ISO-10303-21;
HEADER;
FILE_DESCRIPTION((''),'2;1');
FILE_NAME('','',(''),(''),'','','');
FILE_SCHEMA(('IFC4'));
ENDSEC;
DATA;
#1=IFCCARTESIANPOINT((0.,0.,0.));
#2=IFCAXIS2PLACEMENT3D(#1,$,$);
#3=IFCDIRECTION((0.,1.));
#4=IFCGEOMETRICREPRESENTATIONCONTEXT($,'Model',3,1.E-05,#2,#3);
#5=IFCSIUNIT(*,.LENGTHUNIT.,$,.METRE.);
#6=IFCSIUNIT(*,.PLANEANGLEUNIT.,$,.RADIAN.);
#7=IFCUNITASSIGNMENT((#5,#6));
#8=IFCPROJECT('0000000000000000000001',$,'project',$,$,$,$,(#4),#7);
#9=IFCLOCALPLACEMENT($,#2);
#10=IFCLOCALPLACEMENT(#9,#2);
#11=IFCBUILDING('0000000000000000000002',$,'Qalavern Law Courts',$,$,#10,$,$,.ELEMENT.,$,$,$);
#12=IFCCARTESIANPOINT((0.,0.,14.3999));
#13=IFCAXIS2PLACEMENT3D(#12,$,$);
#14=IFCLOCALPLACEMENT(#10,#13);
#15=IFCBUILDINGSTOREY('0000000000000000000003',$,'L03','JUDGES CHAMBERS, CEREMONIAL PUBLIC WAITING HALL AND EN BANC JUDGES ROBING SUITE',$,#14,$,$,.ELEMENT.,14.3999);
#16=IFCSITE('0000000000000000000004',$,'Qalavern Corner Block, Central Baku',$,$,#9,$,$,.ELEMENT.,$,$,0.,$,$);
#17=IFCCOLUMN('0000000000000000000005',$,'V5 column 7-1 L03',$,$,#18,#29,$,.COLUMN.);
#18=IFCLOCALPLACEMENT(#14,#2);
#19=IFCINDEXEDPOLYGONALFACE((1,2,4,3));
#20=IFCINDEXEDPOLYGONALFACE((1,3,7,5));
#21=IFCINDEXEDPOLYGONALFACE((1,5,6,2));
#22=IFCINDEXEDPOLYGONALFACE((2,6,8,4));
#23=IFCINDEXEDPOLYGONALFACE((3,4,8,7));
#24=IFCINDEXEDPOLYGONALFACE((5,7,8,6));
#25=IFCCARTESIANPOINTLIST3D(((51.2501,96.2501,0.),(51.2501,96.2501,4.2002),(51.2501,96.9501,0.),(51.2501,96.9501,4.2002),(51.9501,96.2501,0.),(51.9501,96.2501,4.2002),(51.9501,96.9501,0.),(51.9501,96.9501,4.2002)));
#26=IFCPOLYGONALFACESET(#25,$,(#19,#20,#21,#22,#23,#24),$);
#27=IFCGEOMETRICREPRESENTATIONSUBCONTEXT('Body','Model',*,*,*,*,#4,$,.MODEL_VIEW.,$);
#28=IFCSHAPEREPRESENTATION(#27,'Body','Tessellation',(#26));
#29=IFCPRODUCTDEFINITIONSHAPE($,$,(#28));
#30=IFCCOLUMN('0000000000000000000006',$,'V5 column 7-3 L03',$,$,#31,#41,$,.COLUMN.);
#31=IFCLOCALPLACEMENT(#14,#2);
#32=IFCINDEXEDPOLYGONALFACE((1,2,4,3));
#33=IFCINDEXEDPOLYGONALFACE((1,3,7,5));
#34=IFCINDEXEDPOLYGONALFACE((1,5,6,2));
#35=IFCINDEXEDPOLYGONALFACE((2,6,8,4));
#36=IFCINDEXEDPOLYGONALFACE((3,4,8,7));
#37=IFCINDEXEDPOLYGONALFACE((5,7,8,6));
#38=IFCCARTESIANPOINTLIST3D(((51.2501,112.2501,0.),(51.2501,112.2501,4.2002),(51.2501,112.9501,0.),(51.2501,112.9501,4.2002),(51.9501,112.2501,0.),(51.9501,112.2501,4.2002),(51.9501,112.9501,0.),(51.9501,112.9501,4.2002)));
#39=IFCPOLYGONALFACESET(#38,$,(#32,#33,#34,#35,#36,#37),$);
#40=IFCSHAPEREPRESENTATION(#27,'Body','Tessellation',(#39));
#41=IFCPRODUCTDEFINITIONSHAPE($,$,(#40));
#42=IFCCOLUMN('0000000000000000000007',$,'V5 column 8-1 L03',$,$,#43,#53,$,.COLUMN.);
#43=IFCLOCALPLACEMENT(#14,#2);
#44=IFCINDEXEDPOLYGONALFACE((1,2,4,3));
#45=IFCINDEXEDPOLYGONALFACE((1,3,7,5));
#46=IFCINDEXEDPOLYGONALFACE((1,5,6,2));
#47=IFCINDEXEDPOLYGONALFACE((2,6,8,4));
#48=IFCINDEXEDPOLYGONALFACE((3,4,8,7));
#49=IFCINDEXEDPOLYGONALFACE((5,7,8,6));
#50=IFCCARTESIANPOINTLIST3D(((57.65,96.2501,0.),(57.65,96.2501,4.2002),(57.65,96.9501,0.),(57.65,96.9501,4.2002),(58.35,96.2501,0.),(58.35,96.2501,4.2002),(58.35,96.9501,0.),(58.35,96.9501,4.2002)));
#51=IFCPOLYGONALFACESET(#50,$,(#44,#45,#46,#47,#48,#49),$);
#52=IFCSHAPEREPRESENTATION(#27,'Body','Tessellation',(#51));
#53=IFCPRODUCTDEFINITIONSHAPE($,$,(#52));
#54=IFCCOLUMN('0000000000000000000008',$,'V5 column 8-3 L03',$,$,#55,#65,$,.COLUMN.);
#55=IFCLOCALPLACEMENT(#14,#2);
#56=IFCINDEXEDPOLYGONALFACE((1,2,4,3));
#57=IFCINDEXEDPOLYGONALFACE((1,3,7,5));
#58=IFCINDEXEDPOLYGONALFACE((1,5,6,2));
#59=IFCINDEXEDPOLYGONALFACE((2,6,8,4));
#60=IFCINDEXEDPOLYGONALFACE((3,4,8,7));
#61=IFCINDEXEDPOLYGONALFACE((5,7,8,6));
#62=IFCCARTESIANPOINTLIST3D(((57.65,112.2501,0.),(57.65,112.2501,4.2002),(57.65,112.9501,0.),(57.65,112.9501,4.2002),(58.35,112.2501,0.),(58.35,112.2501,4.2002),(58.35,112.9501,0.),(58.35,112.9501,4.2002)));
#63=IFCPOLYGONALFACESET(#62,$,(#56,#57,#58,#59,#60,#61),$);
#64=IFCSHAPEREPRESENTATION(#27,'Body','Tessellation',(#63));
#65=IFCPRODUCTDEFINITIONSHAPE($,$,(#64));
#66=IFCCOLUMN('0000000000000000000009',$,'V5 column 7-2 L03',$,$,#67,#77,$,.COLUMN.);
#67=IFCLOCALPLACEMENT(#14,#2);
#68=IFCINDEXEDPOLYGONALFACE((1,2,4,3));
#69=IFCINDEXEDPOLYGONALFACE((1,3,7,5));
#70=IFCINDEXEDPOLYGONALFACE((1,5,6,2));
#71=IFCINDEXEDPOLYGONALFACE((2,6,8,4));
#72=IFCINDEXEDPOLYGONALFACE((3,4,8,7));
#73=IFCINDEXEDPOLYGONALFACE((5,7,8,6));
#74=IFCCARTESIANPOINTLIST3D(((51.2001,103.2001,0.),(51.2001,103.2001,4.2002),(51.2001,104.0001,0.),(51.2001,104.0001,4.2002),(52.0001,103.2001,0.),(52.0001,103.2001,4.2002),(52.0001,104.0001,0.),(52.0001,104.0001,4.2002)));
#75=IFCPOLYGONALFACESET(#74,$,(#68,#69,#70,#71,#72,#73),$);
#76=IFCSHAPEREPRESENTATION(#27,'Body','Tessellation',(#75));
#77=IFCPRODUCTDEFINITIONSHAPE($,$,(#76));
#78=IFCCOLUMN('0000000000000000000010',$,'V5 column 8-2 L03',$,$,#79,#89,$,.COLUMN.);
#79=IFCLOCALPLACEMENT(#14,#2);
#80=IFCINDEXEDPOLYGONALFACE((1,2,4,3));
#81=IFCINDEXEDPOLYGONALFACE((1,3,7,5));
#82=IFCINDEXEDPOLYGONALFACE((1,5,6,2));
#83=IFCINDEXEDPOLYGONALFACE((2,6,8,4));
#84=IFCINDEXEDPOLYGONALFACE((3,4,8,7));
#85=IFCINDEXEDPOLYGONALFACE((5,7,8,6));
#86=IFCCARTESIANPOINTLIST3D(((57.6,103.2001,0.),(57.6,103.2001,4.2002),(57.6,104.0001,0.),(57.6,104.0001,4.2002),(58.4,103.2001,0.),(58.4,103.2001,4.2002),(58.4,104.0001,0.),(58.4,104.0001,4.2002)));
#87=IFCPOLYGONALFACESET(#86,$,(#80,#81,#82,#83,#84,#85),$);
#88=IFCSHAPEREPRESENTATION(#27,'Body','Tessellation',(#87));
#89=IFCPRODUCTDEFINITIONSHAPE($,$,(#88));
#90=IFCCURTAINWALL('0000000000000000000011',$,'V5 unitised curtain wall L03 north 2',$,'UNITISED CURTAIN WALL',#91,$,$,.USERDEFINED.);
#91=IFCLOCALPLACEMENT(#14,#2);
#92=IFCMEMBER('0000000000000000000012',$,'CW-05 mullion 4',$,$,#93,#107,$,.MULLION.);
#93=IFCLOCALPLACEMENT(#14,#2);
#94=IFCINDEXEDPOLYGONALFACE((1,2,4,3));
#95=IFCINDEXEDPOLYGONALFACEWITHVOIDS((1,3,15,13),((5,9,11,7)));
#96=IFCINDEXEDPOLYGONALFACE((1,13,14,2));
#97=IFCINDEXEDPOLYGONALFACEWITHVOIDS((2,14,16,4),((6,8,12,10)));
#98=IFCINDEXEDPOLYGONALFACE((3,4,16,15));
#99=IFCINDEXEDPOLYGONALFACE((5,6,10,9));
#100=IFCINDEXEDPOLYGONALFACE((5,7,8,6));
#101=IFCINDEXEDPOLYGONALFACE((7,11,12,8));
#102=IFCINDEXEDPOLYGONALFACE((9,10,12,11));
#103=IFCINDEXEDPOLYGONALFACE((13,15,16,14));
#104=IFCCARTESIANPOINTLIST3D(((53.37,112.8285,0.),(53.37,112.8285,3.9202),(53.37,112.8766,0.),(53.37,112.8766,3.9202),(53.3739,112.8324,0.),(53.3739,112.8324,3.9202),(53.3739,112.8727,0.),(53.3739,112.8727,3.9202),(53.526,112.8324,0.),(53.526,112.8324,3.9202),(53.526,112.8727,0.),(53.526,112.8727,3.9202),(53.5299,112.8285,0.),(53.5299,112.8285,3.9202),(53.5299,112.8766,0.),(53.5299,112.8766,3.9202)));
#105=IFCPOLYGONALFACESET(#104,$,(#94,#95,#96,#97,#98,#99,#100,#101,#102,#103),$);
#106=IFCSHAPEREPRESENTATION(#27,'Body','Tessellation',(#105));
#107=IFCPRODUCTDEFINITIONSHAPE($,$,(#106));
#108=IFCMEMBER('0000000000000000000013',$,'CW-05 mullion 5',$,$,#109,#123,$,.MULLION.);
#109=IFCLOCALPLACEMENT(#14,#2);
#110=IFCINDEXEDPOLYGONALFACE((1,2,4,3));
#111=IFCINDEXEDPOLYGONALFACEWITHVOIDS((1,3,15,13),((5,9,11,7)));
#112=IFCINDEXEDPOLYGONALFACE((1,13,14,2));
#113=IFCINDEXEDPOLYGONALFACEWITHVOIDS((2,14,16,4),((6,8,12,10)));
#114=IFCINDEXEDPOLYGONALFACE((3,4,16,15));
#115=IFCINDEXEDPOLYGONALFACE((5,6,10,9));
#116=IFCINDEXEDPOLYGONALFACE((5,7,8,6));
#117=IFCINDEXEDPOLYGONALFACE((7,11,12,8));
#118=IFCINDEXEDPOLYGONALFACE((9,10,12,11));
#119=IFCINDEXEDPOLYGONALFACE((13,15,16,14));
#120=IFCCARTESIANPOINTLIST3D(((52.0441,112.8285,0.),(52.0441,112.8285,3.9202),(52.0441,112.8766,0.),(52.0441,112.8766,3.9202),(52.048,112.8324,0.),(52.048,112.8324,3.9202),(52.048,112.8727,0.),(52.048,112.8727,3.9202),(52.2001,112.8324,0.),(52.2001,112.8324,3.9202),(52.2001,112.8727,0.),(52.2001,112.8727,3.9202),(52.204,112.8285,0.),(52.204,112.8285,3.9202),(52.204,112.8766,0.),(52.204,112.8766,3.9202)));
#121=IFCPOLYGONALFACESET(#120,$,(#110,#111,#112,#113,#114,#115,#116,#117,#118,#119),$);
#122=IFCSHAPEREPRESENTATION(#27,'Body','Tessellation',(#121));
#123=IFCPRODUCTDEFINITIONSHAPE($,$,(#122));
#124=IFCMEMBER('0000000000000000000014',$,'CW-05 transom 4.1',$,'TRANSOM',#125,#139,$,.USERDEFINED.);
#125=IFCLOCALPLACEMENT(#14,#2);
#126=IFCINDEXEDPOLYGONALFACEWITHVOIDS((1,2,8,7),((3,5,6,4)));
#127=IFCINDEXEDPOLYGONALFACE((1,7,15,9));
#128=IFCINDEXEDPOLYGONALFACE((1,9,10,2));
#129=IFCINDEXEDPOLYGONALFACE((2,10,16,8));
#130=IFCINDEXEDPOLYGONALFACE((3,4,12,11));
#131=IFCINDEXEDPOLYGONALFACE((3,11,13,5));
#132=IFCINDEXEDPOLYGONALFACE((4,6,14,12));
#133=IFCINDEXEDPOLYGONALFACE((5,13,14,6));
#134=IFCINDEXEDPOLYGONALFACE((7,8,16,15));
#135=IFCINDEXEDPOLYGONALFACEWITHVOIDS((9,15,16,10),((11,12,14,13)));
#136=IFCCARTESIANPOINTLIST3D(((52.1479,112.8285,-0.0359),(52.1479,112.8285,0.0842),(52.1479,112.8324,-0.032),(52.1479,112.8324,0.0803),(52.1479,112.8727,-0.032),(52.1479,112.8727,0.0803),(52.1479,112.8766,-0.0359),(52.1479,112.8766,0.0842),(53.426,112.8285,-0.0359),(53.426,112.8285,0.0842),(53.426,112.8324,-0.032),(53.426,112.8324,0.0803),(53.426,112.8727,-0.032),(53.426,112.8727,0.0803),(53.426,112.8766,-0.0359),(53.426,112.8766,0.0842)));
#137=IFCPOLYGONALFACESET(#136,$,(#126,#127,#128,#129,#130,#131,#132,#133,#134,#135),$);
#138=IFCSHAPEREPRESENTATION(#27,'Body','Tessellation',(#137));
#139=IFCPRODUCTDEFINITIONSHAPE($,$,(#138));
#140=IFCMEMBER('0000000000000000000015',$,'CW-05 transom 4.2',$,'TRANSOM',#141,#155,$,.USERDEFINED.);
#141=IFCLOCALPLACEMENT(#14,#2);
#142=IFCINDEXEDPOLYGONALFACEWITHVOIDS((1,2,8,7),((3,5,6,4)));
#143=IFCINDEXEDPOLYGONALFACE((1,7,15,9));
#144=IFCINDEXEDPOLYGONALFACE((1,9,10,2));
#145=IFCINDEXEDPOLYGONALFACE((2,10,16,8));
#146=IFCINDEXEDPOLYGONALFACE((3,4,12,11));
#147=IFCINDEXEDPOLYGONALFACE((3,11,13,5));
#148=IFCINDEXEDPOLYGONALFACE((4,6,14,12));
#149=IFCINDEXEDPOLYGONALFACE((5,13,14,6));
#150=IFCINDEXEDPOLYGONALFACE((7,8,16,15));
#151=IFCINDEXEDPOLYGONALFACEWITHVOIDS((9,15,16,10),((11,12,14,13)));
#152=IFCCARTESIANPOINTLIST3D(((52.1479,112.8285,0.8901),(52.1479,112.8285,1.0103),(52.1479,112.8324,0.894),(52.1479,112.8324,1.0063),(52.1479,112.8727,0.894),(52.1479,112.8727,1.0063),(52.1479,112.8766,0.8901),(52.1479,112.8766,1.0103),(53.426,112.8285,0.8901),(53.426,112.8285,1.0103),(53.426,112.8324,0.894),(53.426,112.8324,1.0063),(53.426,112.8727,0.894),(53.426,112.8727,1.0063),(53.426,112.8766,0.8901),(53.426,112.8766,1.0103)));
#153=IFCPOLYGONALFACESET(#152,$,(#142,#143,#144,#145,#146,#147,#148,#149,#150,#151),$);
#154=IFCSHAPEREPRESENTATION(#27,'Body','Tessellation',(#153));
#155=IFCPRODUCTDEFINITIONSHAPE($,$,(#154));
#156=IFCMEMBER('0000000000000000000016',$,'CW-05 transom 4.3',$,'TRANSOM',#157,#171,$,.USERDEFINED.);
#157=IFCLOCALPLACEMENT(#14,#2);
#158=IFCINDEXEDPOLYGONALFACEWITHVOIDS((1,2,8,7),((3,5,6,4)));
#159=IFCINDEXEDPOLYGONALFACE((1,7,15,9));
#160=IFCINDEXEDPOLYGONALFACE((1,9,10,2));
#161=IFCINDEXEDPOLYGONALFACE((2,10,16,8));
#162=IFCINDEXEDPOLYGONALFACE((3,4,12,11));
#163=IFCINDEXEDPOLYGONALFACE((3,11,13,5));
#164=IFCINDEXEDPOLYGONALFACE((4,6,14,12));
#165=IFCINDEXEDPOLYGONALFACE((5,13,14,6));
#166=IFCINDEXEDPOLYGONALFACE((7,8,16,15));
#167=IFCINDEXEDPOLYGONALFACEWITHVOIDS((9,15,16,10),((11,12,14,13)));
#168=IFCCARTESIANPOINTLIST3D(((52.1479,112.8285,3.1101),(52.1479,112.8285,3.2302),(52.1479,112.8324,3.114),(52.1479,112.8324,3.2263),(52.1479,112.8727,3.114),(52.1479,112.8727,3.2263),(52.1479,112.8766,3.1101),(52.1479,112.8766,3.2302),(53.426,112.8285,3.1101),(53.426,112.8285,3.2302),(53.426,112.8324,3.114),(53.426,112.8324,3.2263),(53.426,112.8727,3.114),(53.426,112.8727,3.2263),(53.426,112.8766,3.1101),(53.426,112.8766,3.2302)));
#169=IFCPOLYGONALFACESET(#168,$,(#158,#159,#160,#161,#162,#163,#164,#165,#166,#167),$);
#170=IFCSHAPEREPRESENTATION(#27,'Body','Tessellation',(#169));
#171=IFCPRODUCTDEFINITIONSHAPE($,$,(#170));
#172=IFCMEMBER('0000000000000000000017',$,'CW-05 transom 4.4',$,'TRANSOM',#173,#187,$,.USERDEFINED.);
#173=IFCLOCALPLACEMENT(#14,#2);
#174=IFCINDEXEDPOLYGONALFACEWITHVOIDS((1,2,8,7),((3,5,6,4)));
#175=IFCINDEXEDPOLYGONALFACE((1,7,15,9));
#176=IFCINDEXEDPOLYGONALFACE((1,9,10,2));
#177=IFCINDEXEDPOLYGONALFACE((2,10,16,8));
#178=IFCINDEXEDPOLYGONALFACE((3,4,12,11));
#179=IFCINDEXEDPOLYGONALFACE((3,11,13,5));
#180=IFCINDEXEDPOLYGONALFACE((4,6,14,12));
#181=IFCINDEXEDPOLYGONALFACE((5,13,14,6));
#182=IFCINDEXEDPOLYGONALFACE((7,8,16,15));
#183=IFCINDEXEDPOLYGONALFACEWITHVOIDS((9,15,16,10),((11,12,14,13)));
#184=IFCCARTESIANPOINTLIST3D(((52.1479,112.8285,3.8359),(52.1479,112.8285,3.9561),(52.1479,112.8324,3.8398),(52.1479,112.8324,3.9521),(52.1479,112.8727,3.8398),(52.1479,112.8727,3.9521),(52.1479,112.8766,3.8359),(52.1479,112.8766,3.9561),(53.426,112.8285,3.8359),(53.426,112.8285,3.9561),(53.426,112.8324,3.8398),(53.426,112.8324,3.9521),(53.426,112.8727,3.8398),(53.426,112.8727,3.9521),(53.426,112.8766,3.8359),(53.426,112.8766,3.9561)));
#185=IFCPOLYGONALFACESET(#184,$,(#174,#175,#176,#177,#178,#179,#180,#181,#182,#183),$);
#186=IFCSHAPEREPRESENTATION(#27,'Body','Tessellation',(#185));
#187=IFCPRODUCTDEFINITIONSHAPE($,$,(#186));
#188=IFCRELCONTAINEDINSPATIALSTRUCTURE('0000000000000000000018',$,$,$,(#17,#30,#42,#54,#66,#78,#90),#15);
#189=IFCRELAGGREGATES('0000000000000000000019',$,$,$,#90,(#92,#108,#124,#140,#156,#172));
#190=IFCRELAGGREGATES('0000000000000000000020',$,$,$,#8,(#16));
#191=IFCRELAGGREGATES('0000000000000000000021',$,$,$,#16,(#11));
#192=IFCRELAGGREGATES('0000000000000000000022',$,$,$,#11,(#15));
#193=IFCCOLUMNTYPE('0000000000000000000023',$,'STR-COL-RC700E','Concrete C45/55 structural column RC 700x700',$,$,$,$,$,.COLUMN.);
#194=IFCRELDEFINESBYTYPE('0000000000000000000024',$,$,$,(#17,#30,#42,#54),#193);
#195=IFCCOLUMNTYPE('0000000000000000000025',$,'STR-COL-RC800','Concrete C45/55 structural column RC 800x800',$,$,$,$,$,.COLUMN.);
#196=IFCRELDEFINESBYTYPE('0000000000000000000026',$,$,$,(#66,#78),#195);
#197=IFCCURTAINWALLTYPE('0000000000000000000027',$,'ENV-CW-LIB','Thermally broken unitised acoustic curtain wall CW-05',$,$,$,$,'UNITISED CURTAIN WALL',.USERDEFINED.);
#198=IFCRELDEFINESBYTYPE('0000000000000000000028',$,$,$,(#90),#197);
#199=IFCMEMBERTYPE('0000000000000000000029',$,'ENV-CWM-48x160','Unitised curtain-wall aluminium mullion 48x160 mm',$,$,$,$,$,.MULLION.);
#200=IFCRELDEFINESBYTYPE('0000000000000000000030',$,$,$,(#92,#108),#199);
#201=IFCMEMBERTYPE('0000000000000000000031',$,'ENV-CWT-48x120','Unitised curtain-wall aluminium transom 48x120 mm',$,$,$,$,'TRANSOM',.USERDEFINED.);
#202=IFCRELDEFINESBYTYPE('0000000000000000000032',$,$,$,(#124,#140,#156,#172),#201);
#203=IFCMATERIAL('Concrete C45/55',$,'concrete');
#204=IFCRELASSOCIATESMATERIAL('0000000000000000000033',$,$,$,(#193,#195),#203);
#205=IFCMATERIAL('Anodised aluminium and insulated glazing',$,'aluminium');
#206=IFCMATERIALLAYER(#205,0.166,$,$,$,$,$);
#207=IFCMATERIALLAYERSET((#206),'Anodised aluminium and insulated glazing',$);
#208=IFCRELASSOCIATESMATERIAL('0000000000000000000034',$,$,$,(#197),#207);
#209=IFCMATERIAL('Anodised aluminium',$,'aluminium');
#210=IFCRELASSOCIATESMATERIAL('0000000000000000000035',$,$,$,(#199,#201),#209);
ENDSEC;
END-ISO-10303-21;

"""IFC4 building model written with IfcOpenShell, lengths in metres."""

from ifc_helpers import new_model, si_unit, direction, frame, origin, origin_2d, place, context, subcontext, project, spatial, rectangle, hollow_rectangle, extrude, material, layer, layer_set, material_profile, profile_set, type_object, element, aggregate, save


model = new_model("IFC4")

# Units and contexts
model_context = context("Model", 3, precision=1e-05, world=origin(), true_north=direction((0.0, 1.0)))
body_context = subcontext(model_context, "Body", "Model", "MODEL_VIEW")
ifc_project = project(units=[si_unit("LENGTHUNIT", "METRE"), si_unit("PLANEANGLEUNIT", "RADIAN")], contexts=[model_context])

# Site, building, storey
site_placement = place(None, origin())
site = spatial("IfcSite", under=ifc_project, at=site_placement, Name="Qalavern Corner Block, Central Baku", CompositionType="ELEMENT", RefElevation=0.0)
building_placement = place(site_placement, origin())
building = spatial("IfcBuilding", under=site, at=building_placement, Name="Qalavern Law Courts", CompositionType="ELEMENT")
storey_placement = place(building_placement, frame((0.0, 0.0, 14.3999)))
storey = spatial("IfcBuildingStorey", under=building, at=storey_placement, Name="L03", Description="JUDGES CHAMBERS, CEREMONIAL PUBLIC WAITING HALL AND EN BANC JUDGES ROBING SUITE", CompositionType="ELEMENT", Elevation=14.3999)

# Columns
ifc_material_1 = material(Name="Concrete C45/55", Category="concrete")
ifc_material_profile_1 = material_profile(ifc_material_1, rectangle(XDim=0.7, YDim=0.7, at=origin_2d()), Name="RC 700x700")
ifc_profile_set_1 = profile_set([ifc_material_profile_1], Name="Concrete C45/55")
column_type_1 = type_object("IfcColumnType", Name="STR-COL-RC700E", Description="Concrete C45/55 structural column RC 700x700", PredefinedType="COLUMN", material=ifc_profile_set_1)
for number, where, z_axis, x_axis, name in (
    (1, (51.6001, 96.6001, 0.0), (0.0, 0.0, 1.0), (1.0, 0.0, 0.0), "V5 column 7-1 L03"),
    (2, (51.6001, 112.6001, 0.0), (0.0, 0.0, 1.0), (1.0, 0.0, 0.0), "V5 column 7-3 L03"),
    (3, (58.0, 96.6001, 0.0), (0.0, 0.0, 1.0), (1.0, 0.0, 0.0), "V5 column 8-1 L03"),
    (4, (58.0, 112.6001, 0.0), (0.0, 0.0, 1.0), (1.0, 0.0, 0.0), "V5 column 8-3 L03"),
):
    element("IfcColumn", number, at=place(storey_placement, frame(where, z_axis=z_axis, x_axis=x_axis)), inside=storey, type_object=column_type_1, Name=name, PredefinedType="COLUMN", context=body_context, shape_type="SweptSolid", body=[
        extrude(rectangle(XDim=0.7, YDim=0.7, at=origin_2d()), origin(), (0.0, 0.0, 1.0), 4.2002),
    ])
ifc_material_profile_2 = material_profile(ifc_material_1, rectangle(XDim=0.8, YDim=0.8, at=origin_2d()), Name="RC 800x800")
ifc_profile_set_2 = profile_set([ifc_material_profile_2], Name="Concrete C45/55")
column_type_2 = type_object("IfcColumnType", Name="STR-COL-RC800", Description="Concrete C45/55 structural column RC 800x800", PredefinedType="COLUMN", material=ifc_profile_set_2)
for number, where, z_axis, x_axis, name in (
    (5, (51.6001, 103.6001, 0.0), (0.0, 0.0, 1.0), (1.0, 0.0, 0.0), "V5 column 7-2 L03"),
    (6, (58.0, 103.6001, 0.0), (0.0, 0.0, 1.0), (1.0, 0.0, 0.0), "V5 column 8-2 L03"),
):
    element("IfcColumn", number, at=place(storey_placement, frame(where, z_axis=z_axis, x_axis=x_axis)), inside=storey, type_object=column_type_2, Name=name, PredefinedType="COLUMN", context=body_context, shape_type="SweptSolid", body=[
        extrude(rectangle(XDim=0.8, YDim=0.8, at=origin_2d()), origin(), (0.0, 0.0, 1.0), 4.2002),
    ])

# Curtain wall, members
ifc_material_2 = material(Name="Anodised aluminium and insulated glazing", Category="aluminium")
ifc_layer_1 = layer(ifc_material_2, 0.166)
ifc_layer_set_1 = layer_set([ifc_layer_1], Name="Anodised aluminium and insulated glazing")
curtain_wall_type = type_object("IfcCurtainWallType", Name="ENV-CW-LIB", Description="Thermally broken unitised acoustic curtain wall CW-05", ElementType="UNITISED CURTAIN WALL", PredefinedType="USERDEFINED", material=ifc_layer_set_1)
curtain_wall_placement = place(storey_placement, origin())
curtain_wall = element("IfcCurtainWall", 7, at=curtain_wall_placement, inside=storey, type_object=curtain_wall_type, Name="V5 unitised curtain wall L03 north 2", ObjectType="UNITISED CURTAIN WALL", PredefinedType="USERDEFINED")
ifc_material_3 = material(Name="Anodised aluminium", Category="aluminium")
ifc_material_profile_3 = material_profile(ifc_material_3, hollow_rectangle(XDim=0.0481, YDim=0.1599, WallThickness=0.0039, at=origin_2d()), Name="ALU MULLION 48x160")
ifc_profile_set_3 = profile_set([ifc_material_profile_3], Name="Anodised aluminium")
member_type_1 = type_object("IfcMemberType", Name="ENV-CWM-48x160", Description="Unitised curtain-wall aluminium mullion 48x160 mm", PredefinedType="MULLION", material=ifc_profile_set_3)
member_1_placement = place(storey_placement, frame((53.45, 112.8525, 0.0), z_axis=(0.0, 0.0, 1.0), x_axis=(0.0, -1.0, 0.0)))
member_1 = element("IfcMember", 8, at=member_1_placement, type_object=member_type_1, Name="CW-05 mullion 4", PredefinedType="MULLION", context=body_context, shape_type="SweptSolid", body=[
    extrude(hollow_rectangle(XDim=0.0481, YDim=0.1599, WallThickness=0.0039, at=origin_2d()), origin(), (0.0, 0.0, 1.0), 3.9202),
])
member_2_placement = place(storey_placement, frame((52.124, 112.8525, 0.0), z_axis=(0.0, 0.0, 1.0), x_axis=(0.0, -1.0, 0.0)))
member_2 = element("IfcMember", 9, at=member_2_placement, type_object=member_type_1, Name="CW-05 mullion 5", PredefinedType="MULLION", context=body_context, shape_type="SweptSolid", body=[
    extrude(hollow_rectangle(XDim=0.0481, YDim=0.1599, WallThickness=0.0039, at=origin_2d()), origin(), (0.0, 0.0, 1.0), 3.9202),
])
ifc_material_profile_4 = material_profile(ifc_material_3, hollow_rectangle(XDim=0.0481, YDim=0.1201, WallThickness=0.0039, at=origin_2d()), Name="ALU TRANSOM 48x120")
ifc_profile_set_4 = profile_set([ifc_material_profile_4], Name="Anodised aluminium")
member_type_2 = type_object("IfcMemberType", Name="ENV-CWT-48x120", Description="Unitised curtain-wall aluminium transom 48x120 mm", ElementType="TRANSOM", PredefinedType="USERDEFINED", material=ifc_profile_set_4)
member_3_placement = place(storey_placement, frame((53.426, 112.8525, 0.0242), z_axis=(-1.0, 0.0, 0.0), x_axis=(0.0, -1.0, 0.0)))
member_3 = element("IfcMember", 10, at=member_3_placement, type_object=member_type_2, Name="CW-05 transom 4.1", ObjectType="TRANSOM", PredefinedType="USERDEFINED", context=body_context, shape_type="SweptSolid", body=[
    extrude(hollow_rectangle(XDim=0.0481, YDim=0.1201, WallThickness=0.0039, at=origin_2d()), origin(), (0.0, 0.0, 1.0), 1.2781),
])
member_4_placement = place(storey_placement, frame((53.426, 112.8525, 0.9502), z_axis=(-1.0, 0.0, 0.0), x_axis=(0.0, -1.0, 0.0)))
member_4 = element("IfcMember", 11, at=member_4_placement, type_object=member_type_2, Name="CW-05 transom 4.2", ObjectType="TRANSOM", PredefinedType="USERDEFINED", context=body_context, shape_type="SweptSolid", body=[
    extrude(hollow_rectangle(XDim=0.0481, YDim=0.1201, WallThickness=0.0039, at=origin_2d()), origin(), (0.0, 0.0, 1.0), 1.2781),
])
member_5_placement = place(storey_placement, frame((53.426, 112.8525, 3.1702), z_axis=(-1.0, 0.0, 0.0), x_axis=(0.0, -1.0, 0.0)))
member_5 = element("IfcMember", 12, at=member_5_placement, type_object=member_type_2, Name="CW-05 transom 4.3", ObjectType="TRANSOM", PredefinedType="USERDEFINED", context=body_context, shape_type="SweptSolid", body=[
    extrude(hollow_rectangle(XDim=0.0481, YDim=0.1201, WallThickness=0.0039, at=origin_2d()), origin(), (0.0, 0.0, 1.0), 1.2781),
])
member_6_placement = place(storey_placement, frame((53.426, 112.8525, 3.896), z_axis=(-1.0, 0.0, 0.0), x_axis=(0.0, -1.0, 0.0)))
member_6 = element("IfcMember", 13, at=member_6_placement, type_object=member_type_2, Name="CW-05 transom 4.4", ObjectType="TRANSOM", PredefinedType="USERDEFINED", context=body_context, shape_type="SweptSolid", body=[
    extrude(hollow_rectangle(XDim=0.0481, YDim=0.1201, WallThickness=0.0039, at=origin_2d()), origin(), (0.0, 0.0, 1.0), 1.2781),
])

aggregate(curtain_wall, [member_1, member_2, member_3, member_4, member_5, member_6])

save(model, "model.ifc")
